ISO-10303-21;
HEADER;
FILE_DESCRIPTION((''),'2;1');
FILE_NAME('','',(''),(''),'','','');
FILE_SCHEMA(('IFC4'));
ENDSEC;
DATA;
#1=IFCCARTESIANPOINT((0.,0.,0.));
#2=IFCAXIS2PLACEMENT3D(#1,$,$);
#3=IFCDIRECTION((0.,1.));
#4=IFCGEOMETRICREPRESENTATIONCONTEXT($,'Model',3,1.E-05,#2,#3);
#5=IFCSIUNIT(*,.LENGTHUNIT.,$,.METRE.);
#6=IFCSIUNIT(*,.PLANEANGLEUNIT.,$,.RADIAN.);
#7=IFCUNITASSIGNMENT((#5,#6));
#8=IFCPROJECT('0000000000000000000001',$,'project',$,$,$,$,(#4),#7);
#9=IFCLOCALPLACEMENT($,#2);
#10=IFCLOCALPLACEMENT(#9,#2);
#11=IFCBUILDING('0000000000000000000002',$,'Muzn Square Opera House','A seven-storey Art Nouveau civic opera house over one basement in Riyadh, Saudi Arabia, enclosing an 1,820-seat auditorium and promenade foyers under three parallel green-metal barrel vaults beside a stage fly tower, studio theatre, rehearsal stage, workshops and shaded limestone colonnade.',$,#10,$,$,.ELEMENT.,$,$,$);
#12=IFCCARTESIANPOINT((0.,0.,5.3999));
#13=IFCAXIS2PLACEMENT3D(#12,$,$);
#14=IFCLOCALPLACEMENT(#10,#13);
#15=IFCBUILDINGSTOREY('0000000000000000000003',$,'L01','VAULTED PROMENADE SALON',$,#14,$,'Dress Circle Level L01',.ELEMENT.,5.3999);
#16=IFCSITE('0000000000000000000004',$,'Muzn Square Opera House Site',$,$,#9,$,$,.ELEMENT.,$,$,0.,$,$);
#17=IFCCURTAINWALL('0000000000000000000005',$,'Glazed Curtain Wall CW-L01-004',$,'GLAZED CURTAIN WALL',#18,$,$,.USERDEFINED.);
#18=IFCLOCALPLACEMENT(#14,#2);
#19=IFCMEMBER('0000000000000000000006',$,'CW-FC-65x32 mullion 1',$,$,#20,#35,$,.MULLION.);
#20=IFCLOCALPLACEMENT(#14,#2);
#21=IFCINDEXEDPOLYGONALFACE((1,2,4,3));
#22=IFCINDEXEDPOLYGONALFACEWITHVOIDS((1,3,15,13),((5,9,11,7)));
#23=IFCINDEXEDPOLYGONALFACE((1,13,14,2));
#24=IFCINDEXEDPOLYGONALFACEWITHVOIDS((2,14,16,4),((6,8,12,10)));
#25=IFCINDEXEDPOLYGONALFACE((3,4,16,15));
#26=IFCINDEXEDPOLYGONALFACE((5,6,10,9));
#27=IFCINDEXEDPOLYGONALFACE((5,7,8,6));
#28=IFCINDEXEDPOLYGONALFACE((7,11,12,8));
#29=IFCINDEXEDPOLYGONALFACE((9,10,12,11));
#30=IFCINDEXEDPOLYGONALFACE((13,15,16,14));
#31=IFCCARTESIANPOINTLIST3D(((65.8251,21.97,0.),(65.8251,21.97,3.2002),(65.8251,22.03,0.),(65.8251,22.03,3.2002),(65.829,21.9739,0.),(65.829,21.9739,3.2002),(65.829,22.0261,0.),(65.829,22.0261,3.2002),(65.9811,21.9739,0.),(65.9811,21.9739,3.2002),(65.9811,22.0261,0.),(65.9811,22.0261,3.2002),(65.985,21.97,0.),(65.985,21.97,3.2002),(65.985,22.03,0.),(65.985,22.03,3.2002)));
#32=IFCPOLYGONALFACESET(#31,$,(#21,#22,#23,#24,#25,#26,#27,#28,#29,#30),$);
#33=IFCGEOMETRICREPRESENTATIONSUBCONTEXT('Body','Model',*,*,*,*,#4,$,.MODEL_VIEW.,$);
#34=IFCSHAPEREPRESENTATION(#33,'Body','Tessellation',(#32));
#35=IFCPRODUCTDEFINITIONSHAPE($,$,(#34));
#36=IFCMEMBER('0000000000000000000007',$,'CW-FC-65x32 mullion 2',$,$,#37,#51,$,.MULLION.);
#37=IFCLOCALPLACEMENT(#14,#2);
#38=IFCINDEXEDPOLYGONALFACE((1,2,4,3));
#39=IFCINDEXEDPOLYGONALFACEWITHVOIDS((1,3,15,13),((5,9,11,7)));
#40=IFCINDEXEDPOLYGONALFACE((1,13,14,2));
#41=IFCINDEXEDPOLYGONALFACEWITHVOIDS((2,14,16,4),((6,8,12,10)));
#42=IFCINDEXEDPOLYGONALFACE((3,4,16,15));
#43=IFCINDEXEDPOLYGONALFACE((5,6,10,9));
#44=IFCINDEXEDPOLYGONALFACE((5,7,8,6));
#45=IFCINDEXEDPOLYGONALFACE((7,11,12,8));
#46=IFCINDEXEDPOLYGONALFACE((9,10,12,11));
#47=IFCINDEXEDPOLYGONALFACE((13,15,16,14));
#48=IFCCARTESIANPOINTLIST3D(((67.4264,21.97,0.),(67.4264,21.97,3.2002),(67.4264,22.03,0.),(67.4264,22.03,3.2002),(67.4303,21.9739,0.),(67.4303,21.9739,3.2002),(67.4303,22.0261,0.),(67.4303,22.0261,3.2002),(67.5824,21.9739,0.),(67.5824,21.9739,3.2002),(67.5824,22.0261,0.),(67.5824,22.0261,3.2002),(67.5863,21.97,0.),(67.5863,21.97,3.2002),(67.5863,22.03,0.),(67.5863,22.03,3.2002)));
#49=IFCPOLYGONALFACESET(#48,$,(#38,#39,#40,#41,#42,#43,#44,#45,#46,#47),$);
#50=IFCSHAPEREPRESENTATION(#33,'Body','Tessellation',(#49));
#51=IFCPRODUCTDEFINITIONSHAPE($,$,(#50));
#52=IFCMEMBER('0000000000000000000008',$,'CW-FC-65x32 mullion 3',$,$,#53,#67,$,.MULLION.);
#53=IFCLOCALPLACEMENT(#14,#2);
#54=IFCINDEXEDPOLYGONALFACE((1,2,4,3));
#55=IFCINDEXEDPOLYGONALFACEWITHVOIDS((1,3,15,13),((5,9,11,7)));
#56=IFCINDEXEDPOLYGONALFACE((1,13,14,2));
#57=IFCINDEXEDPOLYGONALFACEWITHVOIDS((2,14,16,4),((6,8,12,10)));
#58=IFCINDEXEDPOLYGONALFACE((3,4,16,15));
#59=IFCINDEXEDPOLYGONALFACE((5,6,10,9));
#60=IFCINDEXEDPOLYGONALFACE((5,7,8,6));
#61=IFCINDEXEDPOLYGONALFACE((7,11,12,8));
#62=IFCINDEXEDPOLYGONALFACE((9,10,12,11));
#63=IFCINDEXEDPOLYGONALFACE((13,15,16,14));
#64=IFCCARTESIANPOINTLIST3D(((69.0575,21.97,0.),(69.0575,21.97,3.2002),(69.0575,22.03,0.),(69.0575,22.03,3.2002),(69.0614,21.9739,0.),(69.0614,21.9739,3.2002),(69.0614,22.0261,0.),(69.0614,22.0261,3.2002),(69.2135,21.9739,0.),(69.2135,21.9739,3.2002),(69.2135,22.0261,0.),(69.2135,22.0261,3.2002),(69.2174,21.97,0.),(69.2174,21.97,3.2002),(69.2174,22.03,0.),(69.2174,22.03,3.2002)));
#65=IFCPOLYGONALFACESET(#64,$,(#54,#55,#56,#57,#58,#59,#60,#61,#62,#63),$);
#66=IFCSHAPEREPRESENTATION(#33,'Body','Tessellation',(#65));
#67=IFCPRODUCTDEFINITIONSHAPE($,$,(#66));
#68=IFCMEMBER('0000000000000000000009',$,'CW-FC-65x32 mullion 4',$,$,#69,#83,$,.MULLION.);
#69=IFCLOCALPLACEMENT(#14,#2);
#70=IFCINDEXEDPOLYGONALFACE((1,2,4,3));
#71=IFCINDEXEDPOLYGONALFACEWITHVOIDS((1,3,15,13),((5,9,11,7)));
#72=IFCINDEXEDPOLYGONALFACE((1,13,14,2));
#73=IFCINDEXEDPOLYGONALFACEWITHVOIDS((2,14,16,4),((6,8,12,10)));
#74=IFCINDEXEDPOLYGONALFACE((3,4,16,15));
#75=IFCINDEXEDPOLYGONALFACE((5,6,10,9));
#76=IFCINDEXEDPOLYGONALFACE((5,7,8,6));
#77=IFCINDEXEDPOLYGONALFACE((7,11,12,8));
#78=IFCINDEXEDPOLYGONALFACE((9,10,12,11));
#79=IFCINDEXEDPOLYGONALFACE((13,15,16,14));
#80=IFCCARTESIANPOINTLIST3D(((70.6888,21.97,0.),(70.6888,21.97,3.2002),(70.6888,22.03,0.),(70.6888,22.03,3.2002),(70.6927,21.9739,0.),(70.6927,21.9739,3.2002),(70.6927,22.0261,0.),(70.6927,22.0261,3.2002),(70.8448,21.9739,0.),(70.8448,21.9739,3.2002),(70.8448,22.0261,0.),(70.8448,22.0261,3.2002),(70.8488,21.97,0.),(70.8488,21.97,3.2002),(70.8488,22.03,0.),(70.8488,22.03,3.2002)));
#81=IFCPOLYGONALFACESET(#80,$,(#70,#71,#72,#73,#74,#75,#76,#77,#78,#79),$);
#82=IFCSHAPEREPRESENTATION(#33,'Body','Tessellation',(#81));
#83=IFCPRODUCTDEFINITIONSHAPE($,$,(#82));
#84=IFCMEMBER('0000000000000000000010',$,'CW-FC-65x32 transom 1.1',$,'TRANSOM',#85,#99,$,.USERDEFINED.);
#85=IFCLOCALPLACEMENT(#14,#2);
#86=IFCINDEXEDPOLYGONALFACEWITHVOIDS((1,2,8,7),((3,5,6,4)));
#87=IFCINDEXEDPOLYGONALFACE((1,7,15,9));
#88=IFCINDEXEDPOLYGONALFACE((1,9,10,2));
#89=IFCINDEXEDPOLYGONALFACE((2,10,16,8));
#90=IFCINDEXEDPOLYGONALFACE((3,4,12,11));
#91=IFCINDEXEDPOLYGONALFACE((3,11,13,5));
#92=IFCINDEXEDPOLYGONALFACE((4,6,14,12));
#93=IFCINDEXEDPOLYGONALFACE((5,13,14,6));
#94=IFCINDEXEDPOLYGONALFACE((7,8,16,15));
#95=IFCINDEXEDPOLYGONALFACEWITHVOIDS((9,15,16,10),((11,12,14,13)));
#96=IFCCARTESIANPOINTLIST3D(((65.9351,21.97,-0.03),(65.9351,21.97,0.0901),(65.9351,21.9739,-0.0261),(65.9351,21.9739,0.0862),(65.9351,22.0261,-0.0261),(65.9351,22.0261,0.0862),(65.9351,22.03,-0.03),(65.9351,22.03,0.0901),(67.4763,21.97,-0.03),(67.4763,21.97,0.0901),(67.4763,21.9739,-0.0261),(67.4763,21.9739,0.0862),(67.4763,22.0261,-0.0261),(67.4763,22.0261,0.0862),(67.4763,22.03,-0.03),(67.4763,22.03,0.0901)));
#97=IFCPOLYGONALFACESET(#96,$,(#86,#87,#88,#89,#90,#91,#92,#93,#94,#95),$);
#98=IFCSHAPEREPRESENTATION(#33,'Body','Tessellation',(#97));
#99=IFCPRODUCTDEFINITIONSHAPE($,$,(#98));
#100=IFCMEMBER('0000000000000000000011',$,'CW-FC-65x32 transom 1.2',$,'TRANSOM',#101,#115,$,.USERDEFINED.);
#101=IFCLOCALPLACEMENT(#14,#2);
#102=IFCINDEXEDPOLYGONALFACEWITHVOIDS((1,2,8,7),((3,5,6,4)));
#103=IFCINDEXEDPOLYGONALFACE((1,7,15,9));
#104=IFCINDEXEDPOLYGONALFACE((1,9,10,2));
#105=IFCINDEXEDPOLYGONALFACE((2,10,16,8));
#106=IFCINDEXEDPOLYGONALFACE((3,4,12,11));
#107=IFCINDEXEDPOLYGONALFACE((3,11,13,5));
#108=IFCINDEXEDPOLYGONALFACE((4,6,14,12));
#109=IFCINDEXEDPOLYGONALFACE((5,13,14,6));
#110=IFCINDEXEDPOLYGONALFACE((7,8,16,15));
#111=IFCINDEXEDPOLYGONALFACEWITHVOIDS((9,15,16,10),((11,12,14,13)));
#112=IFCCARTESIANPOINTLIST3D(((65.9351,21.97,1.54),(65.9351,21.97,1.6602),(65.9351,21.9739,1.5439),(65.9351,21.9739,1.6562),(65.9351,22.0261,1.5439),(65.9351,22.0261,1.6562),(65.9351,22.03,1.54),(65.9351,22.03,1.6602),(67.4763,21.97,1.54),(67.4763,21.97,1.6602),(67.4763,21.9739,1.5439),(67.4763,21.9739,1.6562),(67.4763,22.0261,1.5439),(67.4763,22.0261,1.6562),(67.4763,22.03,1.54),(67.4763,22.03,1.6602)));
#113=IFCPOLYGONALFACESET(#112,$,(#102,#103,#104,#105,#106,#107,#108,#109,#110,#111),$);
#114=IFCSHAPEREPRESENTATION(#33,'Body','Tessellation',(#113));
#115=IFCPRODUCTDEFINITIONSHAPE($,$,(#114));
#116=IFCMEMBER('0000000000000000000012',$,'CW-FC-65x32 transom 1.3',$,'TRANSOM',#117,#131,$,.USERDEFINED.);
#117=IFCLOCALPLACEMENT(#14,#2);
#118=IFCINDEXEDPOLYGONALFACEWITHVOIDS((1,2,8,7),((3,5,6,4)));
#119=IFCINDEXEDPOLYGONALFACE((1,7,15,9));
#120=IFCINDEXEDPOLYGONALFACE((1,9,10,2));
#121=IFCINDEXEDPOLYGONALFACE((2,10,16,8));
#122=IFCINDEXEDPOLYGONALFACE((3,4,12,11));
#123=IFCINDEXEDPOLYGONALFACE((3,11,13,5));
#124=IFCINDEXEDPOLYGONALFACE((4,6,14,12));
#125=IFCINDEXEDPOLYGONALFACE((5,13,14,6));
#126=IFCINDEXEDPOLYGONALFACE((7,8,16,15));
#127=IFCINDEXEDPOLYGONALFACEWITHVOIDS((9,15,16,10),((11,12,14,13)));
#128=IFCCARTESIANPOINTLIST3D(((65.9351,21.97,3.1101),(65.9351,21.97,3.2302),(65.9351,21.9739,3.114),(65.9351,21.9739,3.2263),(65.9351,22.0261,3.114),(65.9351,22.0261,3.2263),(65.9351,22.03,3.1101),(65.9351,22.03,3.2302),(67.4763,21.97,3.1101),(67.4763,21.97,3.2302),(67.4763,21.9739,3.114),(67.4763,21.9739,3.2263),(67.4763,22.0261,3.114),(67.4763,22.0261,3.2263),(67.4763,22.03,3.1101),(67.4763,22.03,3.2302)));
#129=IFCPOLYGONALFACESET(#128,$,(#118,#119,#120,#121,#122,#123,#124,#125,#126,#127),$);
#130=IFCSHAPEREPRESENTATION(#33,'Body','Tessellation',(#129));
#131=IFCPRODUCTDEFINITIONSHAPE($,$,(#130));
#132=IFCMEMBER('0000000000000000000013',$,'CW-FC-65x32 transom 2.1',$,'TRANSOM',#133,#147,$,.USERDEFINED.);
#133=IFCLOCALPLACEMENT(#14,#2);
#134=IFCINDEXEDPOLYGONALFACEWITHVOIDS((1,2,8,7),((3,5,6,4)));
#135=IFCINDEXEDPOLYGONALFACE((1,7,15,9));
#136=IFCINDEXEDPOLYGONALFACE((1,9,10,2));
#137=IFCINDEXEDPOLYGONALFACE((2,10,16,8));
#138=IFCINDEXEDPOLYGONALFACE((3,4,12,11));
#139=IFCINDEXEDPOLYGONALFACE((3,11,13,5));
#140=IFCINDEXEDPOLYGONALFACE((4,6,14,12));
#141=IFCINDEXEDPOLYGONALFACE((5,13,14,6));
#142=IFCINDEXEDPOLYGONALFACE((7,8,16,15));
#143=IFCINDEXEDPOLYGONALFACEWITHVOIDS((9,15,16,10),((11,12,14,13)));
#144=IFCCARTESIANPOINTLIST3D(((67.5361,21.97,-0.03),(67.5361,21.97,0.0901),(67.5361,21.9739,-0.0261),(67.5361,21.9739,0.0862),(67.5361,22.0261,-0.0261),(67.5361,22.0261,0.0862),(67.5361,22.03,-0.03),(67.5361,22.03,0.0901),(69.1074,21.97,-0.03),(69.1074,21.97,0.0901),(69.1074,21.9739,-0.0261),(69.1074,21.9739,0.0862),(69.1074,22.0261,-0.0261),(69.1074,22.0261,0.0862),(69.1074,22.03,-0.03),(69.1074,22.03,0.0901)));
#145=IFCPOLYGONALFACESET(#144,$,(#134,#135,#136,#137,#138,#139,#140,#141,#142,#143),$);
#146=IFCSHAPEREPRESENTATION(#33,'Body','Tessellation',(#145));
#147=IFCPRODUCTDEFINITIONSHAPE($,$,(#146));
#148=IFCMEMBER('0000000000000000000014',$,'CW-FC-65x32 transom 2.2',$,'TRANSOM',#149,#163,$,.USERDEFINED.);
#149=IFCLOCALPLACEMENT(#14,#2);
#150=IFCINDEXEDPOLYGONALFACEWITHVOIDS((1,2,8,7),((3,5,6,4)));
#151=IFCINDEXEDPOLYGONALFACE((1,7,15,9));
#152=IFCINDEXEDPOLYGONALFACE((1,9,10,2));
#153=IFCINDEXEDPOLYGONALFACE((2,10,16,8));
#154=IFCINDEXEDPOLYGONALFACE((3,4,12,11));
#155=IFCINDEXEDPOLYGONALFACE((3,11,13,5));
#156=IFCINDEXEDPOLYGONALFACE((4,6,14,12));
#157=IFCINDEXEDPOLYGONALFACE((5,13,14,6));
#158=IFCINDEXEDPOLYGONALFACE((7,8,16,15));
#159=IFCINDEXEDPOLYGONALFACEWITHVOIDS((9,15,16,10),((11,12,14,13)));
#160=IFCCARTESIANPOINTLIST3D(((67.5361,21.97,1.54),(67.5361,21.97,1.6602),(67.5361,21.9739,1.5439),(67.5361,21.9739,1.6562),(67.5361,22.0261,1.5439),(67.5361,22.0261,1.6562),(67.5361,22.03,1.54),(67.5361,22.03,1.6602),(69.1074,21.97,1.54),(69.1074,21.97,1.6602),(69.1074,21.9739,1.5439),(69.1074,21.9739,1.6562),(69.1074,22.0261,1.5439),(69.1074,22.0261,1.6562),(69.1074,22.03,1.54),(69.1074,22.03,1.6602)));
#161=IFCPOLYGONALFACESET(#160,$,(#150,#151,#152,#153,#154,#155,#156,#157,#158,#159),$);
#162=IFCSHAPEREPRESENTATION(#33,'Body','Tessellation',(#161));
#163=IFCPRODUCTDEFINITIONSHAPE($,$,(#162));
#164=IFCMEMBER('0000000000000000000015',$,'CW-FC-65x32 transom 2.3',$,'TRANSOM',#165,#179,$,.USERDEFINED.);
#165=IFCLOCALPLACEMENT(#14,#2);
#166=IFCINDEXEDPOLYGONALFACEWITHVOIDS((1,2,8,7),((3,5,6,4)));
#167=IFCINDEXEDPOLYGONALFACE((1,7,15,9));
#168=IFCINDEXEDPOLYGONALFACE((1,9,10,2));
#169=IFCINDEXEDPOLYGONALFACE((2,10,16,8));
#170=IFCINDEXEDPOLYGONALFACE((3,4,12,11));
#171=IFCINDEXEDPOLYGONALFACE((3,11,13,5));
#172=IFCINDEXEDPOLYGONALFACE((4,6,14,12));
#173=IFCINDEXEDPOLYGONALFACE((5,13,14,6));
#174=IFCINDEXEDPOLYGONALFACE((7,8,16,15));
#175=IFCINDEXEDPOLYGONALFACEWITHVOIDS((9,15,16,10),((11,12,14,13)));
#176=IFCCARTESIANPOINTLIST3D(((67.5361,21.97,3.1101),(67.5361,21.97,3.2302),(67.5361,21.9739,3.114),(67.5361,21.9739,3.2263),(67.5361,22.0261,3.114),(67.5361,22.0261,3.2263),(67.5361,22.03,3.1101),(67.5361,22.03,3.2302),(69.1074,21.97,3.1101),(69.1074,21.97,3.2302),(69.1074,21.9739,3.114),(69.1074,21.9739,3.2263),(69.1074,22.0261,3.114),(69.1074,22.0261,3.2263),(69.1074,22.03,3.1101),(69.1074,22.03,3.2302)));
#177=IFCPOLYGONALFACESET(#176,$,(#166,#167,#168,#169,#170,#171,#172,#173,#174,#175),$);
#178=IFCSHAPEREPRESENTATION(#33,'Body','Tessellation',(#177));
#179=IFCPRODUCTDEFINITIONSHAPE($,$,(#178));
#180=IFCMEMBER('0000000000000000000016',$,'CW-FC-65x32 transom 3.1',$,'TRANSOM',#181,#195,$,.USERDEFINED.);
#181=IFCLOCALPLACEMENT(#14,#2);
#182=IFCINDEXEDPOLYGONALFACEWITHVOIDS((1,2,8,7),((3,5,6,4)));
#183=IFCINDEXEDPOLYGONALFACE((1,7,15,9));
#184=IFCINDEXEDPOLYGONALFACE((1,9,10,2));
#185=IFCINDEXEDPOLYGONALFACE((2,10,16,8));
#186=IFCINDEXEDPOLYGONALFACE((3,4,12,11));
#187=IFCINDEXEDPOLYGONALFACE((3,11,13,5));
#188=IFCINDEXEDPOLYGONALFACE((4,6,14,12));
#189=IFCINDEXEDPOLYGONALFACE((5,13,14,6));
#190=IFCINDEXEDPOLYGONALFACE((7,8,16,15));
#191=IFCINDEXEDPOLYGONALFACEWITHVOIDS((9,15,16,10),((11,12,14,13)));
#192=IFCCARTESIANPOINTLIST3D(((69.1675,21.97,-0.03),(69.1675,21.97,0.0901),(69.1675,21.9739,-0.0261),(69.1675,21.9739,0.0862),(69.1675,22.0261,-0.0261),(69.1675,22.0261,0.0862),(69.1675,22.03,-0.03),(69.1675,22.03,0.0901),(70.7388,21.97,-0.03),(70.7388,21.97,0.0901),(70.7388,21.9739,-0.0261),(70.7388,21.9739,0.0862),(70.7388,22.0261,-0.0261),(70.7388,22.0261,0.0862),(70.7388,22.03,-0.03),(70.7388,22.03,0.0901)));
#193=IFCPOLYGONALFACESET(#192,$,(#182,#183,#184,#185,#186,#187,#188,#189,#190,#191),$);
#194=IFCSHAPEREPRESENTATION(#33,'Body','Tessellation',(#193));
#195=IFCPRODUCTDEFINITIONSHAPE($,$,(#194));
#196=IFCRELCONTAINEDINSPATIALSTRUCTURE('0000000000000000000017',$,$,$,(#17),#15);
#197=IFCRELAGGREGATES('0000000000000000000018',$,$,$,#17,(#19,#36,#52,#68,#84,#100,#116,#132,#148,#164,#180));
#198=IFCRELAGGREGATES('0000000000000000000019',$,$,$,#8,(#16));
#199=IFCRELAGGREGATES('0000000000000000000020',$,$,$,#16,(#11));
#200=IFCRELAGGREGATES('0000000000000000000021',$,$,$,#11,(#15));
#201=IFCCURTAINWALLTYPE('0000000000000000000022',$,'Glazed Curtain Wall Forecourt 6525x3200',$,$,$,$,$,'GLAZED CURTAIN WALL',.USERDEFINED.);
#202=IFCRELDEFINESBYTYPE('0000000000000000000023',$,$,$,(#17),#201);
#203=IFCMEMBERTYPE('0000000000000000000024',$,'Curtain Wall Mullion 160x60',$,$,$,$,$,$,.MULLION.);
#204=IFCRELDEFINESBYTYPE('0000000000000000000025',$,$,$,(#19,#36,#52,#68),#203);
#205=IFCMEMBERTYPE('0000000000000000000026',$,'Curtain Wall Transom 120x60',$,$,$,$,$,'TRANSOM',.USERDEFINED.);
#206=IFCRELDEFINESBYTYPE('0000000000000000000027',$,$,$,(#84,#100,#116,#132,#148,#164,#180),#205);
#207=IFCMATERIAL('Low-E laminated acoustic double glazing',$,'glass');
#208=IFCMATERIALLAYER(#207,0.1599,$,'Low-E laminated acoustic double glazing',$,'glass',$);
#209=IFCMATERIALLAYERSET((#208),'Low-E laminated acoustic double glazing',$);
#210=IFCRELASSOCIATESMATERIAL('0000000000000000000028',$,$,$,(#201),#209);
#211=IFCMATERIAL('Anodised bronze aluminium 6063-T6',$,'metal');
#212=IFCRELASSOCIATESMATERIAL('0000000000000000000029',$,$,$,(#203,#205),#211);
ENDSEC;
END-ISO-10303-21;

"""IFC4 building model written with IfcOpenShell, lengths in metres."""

from ifc_helpers import new_model, si_unit, direction, frame, origin, origin_2d, place, context, subcontext, project, spatial, hollow_rectangle, extrude, material, layer, layer_set, material_profile, profile_set, type_object, element, aggregate, save


model = new_model("IFC4")

# Units and contexts
model_context = context("Model", 3, precision=1e-05, world=origin(), true_north=direction((0.0, 1.0)))
body_context = subcontext(model_context, "Body", "Model", "MODEL_VIEW")
ifc_project = project(units=[si_unit("LENGTHUNIT", "METRE"), si_unit("PLANEANGLEUNIT", "RADIAN")], contexts=[model_context])

# Site, building, storey
site_placement = place(None, origin())
site = spatial("IfcSite", under=ifc_project, at=site_placement, Name="Muzn Square Opera House Site", CompositionType="ELEMENT", RefElevation=0.0)
building_placement = place(site_placement, origin())
building = spatial("IfcBuilding", under=site, at=building_placement, Name="Muzn Square Opera House", Description="A seven-storey Art Nouveau civic opera house over one basement in Riyadh, Saudi Arabia, enclosing an 1,820-seat auditorium and promenade foyers under three parallel green-metal barrel vaults beside a stage fly tower, studio theatre, rehearsal stage, workshops and shaded limestone colonnade.", CompositionType="ELEMENT")
storey_placement = place(building_placement, frame((0.0, 0.0, 5.3999)))
storey = spatial("IfcBuildingStorey", under=building, at=storey_placement, Name="L01", Description="VAULTED PROMENADE SALON", LongName="Dress Circle Level L01", CompositionType="ELEMENT", Elevation=5.3999)

# Curtain wall, members
ifc_material_1 = material(Name="Low-E laminated acoustic double glazing", Category="glass")
ifc_layer_1 = layer(ifc_material_1, 0.1599, Name="Low-E laminated acoustic double glazing", Category="glass")
ifc_layer_set_1 = layer_set([ifc_layer_1], Name="Low-E laminated acoustic double glazing")
curtain_wall_type = type_object("IfcCurtainWallType", Name="Glazed Curtain Wall Forecourt 6525x3200", ElementType="GLAZED CURTAIN WALL", PredefinedType="USERDEFINED", material=ifc_layer_set_1)
curtain_wall_placement = place(storey_placement, origin())
curtain_wall = element("IfcCurtainWall", 1, at=curtain_wall_placement, inside=storey, type_object=curtain_wall_type, Name="Glazed Curtain Wall CW-L01-004", ObjectType="GLAZED CURTAIN WALL", PredefinedType="USERDEFINED")
ifc_material_2 = material(Name="Anodised bronze aluminium 6063-T6", Category="metal")
ifc_material_profile_1 = material_profile(ifc_material_2, hollow_rectangle(XDim=0.0601, YDim=0.1599, WallThickness=0.0039, at=origin_2d()), Name="ALU 160x60x4", Category="metal")
ifc_profile_set_1 = profile_set([ifc_material_profile_1], Name="Anodised bronze aluminium 6063-T6")
member_type_1 = type_object("IfcMemberType", Name="Curtain Wall Mullion 160x60", PredefinedType="MULLION", material=ifc_profile_set_1)
member_1_placement = place(storey_placement, frame((65.905, 22.0, 0.0), z_axis=(0.0, 0.0, 1.0), x_axis=(0.0, 1.0, 0.0)))
member_1 = element("IfcMember", 2, at=member_1_placement, type_object=member_type_1, Name="CW-FC-65x32 mullion 1", PredefinedType="MULLION", context=body_context, shape_type="SweptSolid", body=[
    extrude(hollow_rectangle(XDim=0.0601, YDim=0.1599, WallThickness=0.0039, at=origin_2d()), origin(), (0.0, 0.0, 1.0), 3.2002),
])
member_2_placement = place(storey_placement, frame((67.5063, 22.0, 0.0), z_axis=(0.0, 0.0, 1.0), x_axis=(0.0, 1.0, 0.0)))
member_2 = element("IfcMember", 3, at=member_2_placement, type_object=member_type_1, Name="CW-FC-65x32 mullion 2", PredefinedType="MULLION", context=body_context, shape_type="SweptSolid", body=[
    extrude(hollow_rectangle(XDim=0.0601, YDim=0.1599, WallThickness=0.0039, at=origin_2d()), origin(), (0.0, 0.0, 1.0), 3.2002),
])
member_3_placement = place(storey_placement, frame((69.1375, 22.0, 0.0), z_axis=(0.0, 0.0, 1.0), x_axis=(0.0, 1.0, 0.0)))
member_3 = element("IfcMember", 4, at=member_3_placement, type_object=member_type_1, Name="CW-FC-65x32 mullion 3", PredefinedType="MULLION", context=body_context, shape_type="SweptSolid", body=[
    extrude(hollow_rectangle(XDim=0.0601, YDim=0.1599, WallThickness=0.0039, at=origin_2d()), origin(), (0.0, 0.0, 1.0), 3.2002),
])
member_4_placement = place(storey_placement, frame((70.7688, 22.0, 0.0), z_axis=(0.0, 0.0, 1.0), x_axis=(0.0, 1.0, 0.0)))
member_4 = element("IfcMember", 5, at=member_4_placement, type_object=member_type_1, Name="CW-FC-65x32 mullion 4", PredefinedType="MULLION", context=body_context, shape_type="SweptSolid", body=[
    extrude(hollow_rectangle(XDim=0.0601, YDim=0.1599, WallThickness=0.0039, at=origin_2d()), origin(), (0.0, 0.0, 1.0), 3.2002),
])
ifc_material_profile_2 = material_profile(ifc_material_2, hollow_rectangle(XDim=0.0601, YDim=0.1201, WallThickness=0.0039, at=origin_2d()), Name="ALU 120x60x4", Category="metal")
ifc_profile_set_2 = profile_set([ifc_material_profile_2], Name="Anodised bronze aluminium 6063-T6")
member_type_2 = type_object("IfcMemberType", Name="Curtain Wall Transom 120x60", ElementType="TRANSOM", PredefinedType="USERDEFINED", material=ifc_profile_set_2)
member_5_placement = place(storey_placement, frame((65.9351, 22.0, 0.03), z_axis=(1.0, 0.0, 0.0), x_axis=(0.0, 1.0, 0.0)))
member_5 = element("IfcMember", 6, at=member_5_placement, type_object=member_type_2, Name="CW-FC-65x32 transom 1.1", ObjectType="TRANSOM", PredefinedType="USERDEFINED", context=body_context, shape_type="SweptSolid", body=[
    extrude(hollow_rectangle(XDim=0.0601, YDim=0.1201, WallThickness=0.0039, at=origin_2d()), origin(), (0.0, 0.0, 1.0), 1.5413),
])
member_6_placement = place(storey_placement, frame((65.9351, 22.0, 1.6001), z_axis=(1.0, 0.0, 0.0), x_axis=(0.0, 1.0, 0.0)))
member_6 = element("IfcMember", 7, at=member_6_placement, type_object=member_type_2, Name="CW-FC-65x32 transom 1.2", ObjectType="TRANSOM", PredefinedType="USERDEFINED", context=body_context, shape_type="SweptSolid", body=[
    extrude(hollow_rectangle(XDim=0.0601, YDim=0.1201, WallThickness=0.0039, at=origin_2d()), origin(), (0.0, 0.0, 1.0), 1.5413),
])
member_7_placement = place(storey_placement, frame((65.9351, 22.0, 3.1702), z_axis=(1.0, 0.0, 0.0), x_axis=(0.0, 1.0, 0.0)))
member_7 = element("IfcMember", 8, at=member_7_placement, type_object=member_type_2, Name="CW-FC-65x32 transom 1.3", ObjectType="TRANSOM", PredefinedType="USERDEFINED", context=body_context, shape_type="SweptSolid", body=[
    extrude(hollow_rectangle(XDim=0.0601, YDim=0.1201, WallThickness=0.0039, at=origin_2d()), origin(), (0.0, 0.0, 1.0), 1.5413),
])
member_8_placement = place(storey_placement, frame((67.5361, 22.0, 0.03), z_axis=(1.0, 0.0, 0.0), x_axis=(0.0, 1.0, 0.0)))
member_8 = element("IfcMember", 9, at=member_8_placement, type_object=member_type_2, Name="CW-FC-65x32 transom 2.1", ObjectType="TRANSOM", PredefinedType="USERDEFINED", context=body_context, shape_type="SweptSolid", body=[
    extrude(hollow_rectangle(XDim=0.0601, YDim=0.1201, WallThickness=0.0039, at=origin_2d()), origin(), (0.0, 0.0, 1.0), 1.5713),
])
member_9_placement = place(storey_placement, frame((67.5361, 22.0, 1.6001), z_axis=(1.0, 0.0, 0.0), x_axis=(0.0, 1.0, 0.0)))
member_9 = element("IfcMember", 10, at=member_9_placement, type_object=member_type_2, Name="CW-FC-65x32 transom 2.2", ObjectType="TRANSOM", PredefinedType="USERDEFINED", context=body_context, shape_type="SweptSolid", body=[
    extrude(hollow_rectangle(XDim=0.0601, YDim=0.1201, WallThickness=0.0039, at=origin_2d()), origin(), (0.0, 0.0, 1.0), 1.5713),
])
member_10_placement = place(storey_placement, frame((67.5361, 22.0, 3.1702), z_axis=(1.0, 0.0, 0.0), x_axis=(0.0, 1.0, 0.0)))
member_10 = element("IfcMember", 11, at=member_10_placement, type_object=member_type_2, Name="CW-FC-65x32 transom 2.3", ObjectType="TRANSOM", PredefinedType="USERDEFINED", context=body_context, shape_type="SweptSolid", body=[
    extrude(hollow_rectangle(XDim=0.0601, YDim=0.1201, WallThickness=0.0039, at=origin_2d()), origin(), (0.0, 0.0, 1.0), 1.5713),
])
member_11_placement = place(storey_placement, frame((69.1675, 22.0, 0.03), z_axis=(1.0, 0.0, 0.0), x_axis=(0.0, 1.0, 0.0)))
member_11 = element("IfcMember", 12, at=member_11_placement, type_object=member_type_2, Name="CW-FC-65x32 transom 3.1", ObjectType="TRANSOM", PredefinedType="USERDEFINED", context=body_context, shape_type="SweptSolid", body=[
    extrude(hollow_rectangle(XDim=0.0601, YDim=0.1201, WallThickness=0.0039, at=origin_2d()), origin(), (0.0, 0.0, 1.0), 1.5713),
])

aggregate(curtain_wall, [member_1, member_2, member_3, member_4, member_5, member_6, member_7, member_8, member_9, member_10, member_11])

save(model, "model.ifc")
